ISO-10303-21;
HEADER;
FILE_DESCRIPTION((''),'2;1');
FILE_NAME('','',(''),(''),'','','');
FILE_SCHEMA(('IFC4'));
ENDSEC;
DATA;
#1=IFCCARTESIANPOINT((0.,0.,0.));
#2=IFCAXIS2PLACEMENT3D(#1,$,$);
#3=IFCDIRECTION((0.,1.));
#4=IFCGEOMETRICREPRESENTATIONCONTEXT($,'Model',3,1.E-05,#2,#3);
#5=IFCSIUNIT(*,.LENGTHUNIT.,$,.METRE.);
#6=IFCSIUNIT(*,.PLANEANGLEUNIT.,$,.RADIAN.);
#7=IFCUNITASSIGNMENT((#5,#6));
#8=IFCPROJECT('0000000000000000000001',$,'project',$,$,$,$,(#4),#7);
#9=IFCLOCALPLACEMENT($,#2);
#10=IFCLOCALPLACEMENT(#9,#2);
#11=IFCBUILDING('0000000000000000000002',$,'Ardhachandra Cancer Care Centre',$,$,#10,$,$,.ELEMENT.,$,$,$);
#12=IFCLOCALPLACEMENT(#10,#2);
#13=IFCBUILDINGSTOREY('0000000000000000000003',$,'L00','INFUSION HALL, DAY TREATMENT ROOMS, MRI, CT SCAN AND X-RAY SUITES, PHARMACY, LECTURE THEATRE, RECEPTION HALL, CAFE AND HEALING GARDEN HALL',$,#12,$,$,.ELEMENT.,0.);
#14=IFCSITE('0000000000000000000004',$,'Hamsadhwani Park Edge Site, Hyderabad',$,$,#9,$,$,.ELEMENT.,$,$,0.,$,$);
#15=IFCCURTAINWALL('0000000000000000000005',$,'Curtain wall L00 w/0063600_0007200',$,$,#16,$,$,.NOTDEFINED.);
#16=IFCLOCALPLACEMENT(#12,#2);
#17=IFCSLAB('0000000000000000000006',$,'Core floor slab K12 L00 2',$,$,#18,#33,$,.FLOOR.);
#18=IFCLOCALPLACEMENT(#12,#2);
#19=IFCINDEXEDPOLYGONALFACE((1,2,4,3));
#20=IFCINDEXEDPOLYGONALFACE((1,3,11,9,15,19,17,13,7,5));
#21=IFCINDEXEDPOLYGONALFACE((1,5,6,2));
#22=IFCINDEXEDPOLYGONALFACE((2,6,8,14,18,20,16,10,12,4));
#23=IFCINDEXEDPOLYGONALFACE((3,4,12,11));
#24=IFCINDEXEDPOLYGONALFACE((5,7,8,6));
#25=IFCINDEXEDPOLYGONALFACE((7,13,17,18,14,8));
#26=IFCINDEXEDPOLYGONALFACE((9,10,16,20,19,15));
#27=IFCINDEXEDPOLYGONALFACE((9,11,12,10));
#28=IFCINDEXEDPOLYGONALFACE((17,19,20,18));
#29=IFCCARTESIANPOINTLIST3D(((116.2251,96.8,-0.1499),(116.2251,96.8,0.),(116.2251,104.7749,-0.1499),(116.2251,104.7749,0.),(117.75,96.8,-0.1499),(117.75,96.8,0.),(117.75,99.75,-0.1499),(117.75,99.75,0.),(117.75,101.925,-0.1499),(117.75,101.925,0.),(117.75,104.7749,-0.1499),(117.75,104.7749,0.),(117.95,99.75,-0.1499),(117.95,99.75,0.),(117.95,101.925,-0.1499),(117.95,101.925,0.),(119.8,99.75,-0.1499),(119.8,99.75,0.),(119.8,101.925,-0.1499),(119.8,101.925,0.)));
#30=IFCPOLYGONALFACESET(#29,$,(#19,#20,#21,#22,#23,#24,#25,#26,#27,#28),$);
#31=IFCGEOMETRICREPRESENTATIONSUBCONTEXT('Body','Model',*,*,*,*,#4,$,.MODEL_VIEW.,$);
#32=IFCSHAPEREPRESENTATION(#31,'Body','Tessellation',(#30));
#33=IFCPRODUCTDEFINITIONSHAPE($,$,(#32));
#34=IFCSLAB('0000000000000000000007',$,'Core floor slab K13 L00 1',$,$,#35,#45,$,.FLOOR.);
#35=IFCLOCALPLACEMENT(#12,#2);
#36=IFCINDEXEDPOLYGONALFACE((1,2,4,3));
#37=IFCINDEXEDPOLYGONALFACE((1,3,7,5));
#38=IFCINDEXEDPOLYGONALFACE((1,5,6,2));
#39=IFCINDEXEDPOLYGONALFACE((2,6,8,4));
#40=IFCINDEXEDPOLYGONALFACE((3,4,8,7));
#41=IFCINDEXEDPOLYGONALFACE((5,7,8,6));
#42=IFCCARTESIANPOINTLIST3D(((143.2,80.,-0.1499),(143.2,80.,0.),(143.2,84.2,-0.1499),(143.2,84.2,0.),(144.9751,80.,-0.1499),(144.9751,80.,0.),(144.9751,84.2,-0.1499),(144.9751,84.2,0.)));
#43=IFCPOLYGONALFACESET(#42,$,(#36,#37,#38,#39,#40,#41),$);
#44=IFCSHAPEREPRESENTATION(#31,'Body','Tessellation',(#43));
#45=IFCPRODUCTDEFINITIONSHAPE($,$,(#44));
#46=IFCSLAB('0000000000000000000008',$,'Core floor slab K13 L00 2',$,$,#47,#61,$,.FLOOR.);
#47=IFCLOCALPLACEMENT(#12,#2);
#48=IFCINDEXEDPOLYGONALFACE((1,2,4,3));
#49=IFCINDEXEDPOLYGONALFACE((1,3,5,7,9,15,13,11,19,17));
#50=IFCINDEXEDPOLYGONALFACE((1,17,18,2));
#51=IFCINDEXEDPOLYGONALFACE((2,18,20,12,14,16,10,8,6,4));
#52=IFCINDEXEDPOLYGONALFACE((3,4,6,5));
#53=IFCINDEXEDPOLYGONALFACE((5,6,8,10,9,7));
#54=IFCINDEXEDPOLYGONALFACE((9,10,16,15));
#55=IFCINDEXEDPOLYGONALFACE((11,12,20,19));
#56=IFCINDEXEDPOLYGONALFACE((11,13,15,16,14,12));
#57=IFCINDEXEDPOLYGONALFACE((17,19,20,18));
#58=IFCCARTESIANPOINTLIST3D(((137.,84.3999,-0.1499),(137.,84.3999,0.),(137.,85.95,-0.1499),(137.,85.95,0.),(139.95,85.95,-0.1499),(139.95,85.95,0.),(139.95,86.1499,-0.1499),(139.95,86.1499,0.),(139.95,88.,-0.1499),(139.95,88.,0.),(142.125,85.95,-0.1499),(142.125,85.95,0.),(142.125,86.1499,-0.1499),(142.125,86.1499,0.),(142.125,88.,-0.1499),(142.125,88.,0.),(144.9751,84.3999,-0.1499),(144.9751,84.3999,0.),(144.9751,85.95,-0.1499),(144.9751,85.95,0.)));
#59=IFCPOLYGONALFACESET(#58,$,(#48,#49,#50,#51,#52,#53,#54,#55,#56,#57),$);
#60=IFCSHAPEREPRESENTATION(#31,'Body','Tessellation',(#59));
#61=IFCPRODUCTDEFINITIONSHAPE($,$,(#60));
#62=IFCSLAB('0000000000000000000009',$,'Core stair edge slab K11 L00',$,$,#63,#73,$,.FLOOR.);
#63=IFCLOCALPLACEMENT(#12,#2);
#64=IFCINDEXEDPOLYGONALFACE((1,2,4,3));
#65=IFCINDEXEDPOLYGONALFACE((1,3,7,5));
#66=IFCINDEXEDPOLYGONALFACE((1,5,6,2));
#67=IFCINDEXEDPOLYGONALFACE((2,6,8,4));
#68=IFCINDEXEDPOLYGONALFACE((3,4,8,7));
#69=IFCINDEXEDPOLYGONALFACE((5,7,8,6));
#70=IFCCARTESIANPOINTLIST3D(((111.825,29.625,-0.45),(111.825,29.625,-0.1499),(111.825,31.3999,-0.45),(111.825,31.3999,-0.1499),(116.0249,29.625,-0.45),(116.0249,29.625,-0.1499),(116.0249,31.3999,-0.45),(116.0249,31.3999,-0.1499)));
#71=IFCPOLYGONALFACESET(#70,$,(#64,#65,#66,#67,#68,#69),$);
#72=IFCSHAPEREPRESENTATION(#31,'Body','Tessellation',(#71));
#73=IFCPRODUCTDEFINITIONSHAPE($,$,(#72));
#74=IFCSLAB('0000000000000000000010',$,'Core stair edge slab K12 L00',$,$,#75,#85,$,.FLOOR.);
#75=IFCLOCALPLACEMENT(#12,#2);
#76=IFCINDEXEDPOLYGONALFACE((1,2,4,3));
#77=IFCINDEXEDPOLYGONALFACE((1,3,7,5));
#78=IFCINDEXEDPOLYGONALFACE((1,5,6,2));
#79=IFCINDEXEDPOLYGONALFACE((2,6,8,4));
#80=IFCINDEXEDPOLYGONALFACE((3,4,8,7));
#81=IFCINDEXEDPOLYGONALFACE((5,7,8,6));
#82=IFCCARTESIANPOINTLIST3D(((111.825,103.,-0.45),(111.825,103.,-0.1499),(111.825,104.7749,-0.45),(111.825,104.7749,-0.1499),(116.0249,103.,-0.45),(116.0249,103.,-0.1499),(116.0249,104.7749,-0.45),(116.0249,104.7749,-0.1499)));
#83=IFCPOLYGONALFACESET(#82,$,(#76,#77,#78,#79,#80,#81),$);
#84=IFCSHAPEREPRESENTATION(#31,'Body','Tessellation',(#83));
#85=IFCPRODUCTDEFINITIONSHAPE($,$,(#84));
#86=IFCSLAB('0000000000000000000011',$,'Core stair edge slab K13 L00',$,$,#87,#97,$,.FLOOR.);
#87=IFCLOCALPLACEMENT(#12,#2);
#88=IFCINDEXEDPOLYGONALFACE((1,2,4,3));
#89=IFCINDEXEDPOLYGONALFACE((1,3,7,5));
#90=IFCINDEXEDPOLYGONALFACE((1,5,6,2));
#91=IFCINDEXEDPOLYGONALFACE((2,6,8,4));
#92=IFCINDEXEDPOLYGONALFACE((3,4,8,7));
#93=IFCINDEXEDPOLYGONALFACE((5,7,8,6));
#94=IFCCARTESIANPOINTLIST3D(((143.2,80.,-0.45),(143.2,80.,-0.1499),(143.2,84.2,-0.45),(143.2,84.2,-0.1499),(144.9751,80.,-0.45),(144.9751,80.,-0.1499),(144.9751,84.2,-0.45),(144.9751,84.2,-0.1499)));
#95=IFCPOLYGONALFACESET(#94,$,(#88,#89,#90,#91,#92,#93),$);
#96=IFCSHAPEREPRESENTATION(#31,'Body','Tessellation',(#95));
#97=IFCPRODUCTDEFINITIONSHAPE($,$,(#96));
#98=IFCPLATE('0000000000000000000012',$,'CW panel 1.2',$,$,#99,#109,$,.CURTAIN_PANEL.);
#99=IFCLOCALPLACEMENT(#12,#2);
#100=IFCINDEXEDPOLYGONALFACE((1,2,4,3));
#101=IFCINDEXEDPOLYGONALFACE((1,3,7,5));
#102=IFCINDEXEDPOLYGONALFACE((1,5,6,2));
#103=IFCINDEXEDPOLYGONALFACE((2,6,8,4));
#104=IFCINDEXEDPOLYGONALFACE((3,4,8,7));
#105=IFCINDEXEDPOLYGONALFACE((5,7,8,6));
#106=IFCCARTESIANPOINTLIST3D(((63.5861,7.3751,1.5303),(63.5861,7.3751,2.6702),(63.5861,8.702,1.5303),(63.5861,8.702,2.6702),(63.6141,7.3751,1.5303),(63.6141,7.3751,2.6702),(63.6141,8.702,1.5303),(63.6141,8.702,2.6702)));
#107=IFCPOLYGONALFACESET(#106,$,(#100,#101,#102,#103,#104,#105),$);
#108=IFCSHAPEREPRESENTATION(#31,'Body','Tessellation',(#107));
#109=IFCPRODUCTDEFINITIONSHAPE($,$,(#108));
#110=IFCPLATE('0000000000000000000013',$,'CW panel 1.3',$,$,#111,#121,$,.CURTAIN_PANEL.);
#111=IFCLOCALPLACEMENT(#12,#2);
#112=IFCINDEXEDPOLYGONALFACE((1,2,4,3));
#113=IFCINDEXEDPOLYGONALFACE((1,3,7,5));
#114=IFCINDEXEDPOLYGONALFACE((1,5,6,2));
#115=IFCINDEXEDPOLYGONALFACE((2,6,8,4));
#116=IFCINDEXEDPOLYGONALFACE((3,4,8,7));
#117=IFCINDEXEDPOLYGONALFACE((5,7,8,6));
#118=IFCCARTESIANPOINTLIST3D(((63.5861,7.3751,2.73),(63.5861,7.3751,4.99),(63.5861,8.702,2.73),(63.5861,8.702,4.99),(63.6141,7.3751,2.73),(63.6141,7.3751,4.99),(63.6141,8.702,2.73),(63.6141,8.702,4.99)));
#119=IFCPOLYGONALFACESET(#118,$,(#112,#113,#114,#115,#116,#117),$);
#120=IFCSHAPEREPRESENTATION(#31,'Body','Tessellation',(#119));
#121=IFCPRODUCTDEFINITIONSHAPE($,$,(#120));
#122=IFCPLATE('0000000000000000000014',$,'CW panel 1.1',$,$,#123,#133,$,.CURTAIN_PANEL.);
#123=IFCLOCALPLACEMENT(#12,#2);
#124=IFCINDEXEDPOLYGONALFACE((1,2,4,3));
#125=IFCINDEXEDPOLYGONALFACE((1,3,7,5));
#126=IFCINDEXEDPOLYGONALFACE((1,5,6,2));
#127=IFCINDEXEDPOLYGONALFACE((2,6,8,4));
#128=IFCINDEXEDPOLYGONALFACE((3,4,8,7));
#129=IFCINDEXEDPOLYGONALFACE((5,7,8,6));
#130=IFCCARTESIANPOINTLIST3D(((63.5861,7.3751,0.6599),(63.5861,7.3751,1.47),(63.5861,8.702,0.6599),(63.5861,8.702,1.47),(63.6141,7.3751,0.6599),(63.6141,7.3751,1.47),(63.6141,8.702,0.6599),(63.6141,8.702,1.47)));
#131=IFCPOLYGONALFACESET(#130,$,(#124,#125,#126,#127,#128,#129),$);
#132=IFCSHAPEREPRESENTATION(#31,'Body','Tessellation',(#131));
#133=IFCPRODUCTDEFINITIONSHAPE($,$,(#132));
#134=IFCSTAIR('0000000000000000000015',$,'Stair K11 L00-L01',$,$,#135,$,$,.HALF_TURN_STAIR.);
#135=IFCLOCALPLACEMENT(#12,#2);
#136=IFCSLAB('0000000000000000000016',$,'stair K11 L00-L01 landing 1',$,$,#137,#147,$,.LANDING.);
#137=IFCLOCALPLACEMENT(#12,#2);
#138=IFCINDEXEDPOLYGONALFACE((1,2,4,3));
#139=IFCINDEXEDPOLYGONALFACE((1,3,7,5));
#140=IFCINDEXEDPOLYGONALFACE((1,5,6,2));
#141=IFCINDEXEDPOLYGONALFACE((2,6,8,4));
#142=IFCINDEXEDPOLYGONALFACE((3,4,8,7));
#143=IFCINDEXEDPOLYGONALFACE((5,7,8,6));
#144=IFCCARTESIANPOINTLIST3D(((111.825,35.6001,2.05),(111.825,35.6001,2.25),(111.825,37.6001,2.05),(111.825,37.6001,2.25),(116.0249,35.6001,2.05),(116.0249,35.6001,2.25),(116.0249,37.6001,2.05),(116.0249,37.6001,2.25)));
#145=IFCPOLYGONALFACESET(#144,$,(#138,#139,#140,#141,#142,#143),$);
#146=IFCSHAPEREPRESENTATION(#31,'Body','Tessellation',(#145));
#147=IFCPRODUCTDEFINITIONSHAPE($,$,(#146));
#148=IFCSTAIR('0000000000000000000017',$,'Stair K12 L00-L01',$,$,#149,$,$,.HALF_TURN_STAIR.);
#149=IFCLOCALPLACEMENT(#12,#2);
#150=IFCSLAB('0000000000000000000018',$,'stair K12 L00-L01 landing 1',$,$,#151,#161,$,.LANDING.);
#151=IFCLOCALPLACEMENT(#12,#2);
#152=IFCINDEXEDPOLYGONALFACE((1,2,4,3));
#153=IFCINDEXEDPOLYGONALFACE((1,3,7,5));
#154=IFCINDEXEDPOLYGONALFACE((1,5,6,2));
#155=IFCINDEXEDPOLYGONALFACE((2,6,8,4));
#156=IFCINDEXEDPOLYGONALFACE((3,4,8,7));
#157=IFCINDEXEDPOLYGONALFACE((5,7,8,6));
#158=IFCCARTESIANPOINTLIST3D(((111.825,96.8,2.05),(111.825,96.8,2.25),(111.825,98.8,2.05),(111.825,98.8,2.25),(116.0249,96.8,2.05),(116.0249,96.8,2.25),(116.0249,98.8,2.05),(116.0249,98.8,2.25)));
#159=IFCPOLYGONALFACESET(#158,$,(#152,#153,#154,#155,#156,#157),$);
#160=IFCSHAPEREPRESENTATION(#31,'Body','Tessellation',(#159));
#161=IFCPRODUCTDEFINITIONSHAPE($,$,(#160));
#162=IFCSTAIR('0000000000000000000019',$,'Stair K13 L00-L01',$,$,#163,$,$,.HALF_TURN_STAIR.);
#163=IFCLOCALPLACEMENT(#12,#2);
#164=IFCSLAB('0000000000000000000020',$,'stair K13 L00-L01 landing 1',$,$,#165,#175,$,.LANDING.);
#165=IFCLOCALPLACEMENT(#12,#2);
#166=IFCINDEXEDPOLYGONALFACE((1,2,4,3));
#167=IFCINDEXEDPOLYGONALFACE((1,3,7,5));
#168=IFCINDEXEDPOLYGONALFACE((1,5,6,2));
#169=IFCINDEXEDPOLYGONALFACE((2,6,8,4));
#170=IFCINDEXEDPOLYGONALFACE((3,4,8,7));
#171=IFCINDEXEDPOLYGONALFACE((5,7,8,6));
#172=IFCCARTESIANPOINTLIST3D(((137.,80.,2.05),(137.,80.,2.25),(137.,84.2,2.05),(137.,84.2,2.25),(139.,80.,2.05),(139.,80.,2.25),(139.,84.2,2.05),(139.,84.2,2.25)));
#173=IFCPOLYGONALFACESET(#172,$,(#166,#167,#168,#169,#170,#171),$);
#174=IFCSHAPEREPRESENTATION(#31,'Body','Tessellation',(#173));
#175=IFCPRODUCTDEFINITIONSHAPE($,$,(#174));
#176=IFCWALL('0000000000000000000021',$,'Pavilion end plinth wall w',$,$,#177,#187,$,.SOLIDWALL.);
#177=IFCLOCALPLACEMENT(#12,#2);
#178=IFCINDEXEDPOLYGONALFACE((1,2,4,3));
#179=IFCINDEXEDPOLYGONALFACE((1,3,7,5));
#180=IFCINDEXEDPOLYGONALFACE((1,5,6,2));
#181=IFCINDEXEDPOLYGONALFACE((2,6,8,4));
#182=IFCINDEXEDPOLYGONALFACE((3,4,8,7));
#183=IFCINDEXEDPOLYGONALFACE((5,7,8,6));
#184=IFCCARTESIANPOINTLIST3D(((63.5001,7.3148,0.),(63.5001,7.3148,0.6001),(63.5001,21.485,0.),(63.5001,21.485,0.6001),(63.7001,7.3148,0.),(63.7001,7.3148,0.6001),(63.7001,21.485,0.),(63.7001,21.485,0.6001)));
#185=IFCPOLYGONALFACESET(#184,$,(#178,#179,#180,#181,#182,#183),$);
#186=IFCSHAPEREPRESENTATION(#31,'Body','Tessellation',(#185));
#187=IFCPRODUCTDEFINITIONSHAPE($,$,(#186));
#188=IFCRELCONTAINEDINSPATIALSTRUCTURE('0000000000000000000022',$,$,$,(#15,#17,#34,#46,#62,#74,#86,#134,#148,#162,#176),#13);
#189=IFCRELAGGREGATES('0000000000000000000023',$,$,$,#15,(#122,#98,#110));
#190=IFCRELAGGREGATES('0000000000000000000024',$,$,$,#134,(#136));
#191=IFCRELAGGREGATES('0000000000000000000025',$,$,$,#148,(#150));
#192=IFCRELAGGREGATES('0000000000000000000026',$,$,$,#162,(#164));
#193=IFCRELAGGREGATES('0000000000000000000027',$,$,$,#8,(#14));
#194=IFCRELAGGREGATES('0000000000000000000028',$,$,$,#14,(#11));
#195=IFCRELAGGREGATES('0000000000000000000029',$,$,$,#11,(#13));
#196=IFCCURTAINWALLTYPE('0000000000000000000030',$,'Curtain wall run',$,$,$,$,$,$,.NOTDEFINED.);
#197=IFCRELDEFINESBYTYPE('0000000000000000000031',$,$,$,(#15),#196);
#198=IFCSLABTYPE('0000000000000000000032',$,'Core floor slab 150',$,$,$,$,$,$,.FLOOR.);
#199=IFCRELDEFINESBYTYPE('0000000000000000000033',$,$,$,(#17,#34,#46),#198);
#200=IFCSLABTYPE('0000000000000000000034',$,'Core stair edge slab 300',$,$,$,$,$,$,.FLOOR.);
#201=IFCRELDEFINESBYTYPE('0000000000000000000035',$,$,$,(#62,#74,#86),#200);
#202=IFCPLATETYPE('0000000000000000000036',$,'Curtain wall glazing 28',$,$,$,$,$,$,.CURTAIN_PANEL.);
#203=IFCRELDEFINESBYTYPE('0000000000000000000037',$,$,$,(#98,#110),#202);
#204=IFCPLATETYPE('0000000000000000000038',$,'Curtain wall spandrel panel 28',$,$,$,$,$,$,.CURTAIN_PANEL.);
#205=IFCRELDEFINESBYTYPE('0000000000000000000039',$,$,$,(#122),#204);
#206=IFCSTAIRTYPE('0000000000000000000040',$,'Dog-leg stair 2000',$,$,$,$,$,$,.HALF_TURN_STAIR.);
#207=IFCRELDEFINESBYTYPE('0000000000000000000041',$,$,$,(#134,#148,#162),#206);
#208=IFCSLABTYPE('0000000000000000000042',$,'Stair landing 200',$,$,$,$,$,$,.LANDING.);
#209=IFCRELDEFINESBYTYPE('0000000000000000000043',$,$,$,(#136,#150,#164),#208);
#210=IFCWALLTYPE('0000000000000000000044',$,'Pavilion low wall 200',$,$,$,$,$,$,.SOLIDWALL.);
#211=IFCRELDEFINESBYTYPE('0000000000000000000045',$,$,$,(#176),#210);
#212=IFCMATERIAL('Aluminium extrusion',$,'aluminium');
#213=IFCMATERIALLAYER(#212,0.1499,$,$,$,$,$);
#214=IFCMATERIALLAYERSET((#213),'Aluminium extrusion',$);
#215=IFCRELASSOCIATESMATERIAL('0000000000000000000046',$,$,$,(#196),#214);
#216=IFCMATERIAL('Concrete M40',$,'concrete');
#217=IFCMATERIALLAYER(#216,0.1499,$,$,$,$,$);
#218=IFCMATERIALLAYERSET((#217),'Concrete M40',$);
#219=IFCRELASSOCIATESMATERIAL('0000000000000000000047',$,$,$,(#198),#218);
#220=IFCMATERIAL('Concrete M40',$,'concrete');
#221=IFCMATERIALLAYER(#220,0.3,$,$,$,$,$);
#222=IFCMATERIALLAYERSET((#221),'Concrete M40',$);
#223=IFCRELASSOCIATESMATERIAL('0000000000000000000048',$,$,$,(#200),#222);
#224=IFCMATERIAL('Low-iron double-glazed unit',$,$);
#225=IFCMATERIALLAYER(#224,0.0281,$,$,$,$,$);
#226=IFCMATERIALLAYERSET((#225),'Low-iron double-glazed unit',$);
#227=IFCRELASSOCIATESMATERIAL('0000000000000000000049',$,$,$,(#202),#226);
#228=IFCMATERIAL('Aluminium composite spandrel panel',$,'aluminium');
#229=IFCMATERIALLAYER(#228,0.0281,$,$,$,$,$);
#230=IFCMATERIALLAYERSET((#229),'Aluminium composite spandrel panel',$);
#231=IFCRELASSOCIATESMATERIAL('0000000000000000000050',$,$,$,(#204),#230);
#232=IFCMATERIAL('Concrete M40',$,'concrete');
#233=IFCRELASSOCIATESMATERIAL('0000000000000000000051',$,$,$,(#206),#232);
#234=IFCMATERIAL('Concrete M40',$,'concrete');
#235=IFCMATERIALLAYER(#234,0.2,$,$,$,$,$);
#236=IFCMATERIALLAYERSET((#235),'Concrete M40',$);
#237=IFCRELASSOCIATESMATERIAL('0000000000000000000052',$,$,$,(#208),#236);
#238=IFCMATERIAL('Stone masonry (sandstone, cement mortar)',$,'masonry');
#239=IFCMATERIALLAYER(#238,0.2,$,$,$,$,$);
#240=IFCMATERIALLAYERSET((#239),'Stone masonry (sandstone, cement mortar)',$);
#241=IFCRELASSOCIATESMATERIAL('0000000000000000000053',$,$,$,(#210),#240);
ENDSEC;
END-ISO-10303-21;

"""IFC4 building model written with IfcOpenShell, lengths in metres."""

from ifc_helpers import new_model, si_unit, direction, frame, frame_2d, origin, origin_2d, place, context, subcontext, project, spatial, polyline, rectangle, outline, extrude, material, layer, layer_set, type_object, element, aggregate, save


model = new_model("IFC4")

# Units and contexts
model_context = context("Model", 3, precision=1e-05, world=origin(), true_north=direction((0.0, 1.0)))
body_context = subcontext(model_context, "Body", "Model", "MODEL_VIEW")
ifc_project = project(units=[si_unit("LENGTHUNIT", "METRE"), si_unit("PLANEANGLEUNIT", "RADIAN")], contexts=[model_context])

# Site, building, storey
site_placement = place(None, origin())
site = spatial("IfcSite", under=ifc_project, at=site_placement, Name="Hamsadhwani Park Edge Site, Hyderabad", CompositionType="ELEMENT", RefElevation=0.0)
building_placement = place(site_placement, origin())
building = spatial("IfcBuilding", under=site, at=building_placement, Name="Ardhachandra Cancer Care Centre", CompositionType="ELEMENT")
storey_placement = place(building_placement, origin())
storey = spatial("IfcBuildingStorey", under=building, at=storey_placement, Name="L00", Description="INFUSION HALL, DAY TREATMENT ROOMS, MRI, CT SCAN AND X-RAY SUITES, PHARMACY, LECTURE THEATRE, RECEPTION HALL, CAFE AND HEALING GARDEN HALL", CompositionType="ELEMENT", Elevation=0.0)

# Curtain wall
ifc_material_1 = material(Name="Aluminium extrusion", Category="aluminium")
ifc_layer_1 = layer(ifc_material_1, 0.1499)
ifc_layer_set_1 = layer_set([ifc_layer_1], Name="Aluminium extrusion")
curtain_wall_type = type_object("IfcCurtainWallType", Name="Curtain wall run", PredefinedType="NOTDEFINED", material=ifc_layer_set_1)
curtain_wall_placement = place(storey_placement, origin())
curtain_wall = element("IfcCurtainWall", 1, at=curtain_wall_placement, inside=storey, type_object=curtain_wall_type, Name="Curtain wall L00 w/0063600_0007200", PredefinedType="NOTDEFINED")

# Slabs
ifc_material_2 = material(Name="Concrete M40", Category="concrete")
ifc_layer_2 = layer(ifc_material_2, 0.1499)
ifc_layer_set_2 = layer_set([ifc_layer_2], Name="Concrete M40")
slab_type_1 = type_object("IfcSlabType", Name="Core floor slab 150", PredefinedType="FLOOR", material=ifc_layer_set_2)
slab_1_placement = place(storey_placement, frame((0.0, 0.0, -0.1499)))
element("IfcSlab", 2, at=slab_1_placement, inside=storey, type_object=slab_type_1, Name="Core floor slab K12 L00 2", PredefinedType="FLOOR", context=body_context, shape_type="SweptSolid", body=[
    extrude(outline(polyline([(117.75, 101.925), (117.95, 101.925), (119.8, 101.925), (119.8, 99.75), (117.95, 99.75), (117.75, 99.75), (117.75, 96.8), (116.2251, 96.8), (116.2251, 104.7749), (117.75, 104.7749), (117.75, 101.925)])), origin(), (0.0, 0.0, 1.0), 0.1499),
])
slab_2_placement = place(storey_placement, frame((0.0, 0.0, -0.1499)))
element("IfcSlab", 3, at=slab_2_placement, inside=storey, type_object=slab_type_1, Name="Core floor slab K13 L00 1", PredefinedType="FLOOR", context=body_context, shape_type="SweptSolid", body=[
    extrude(outline(polyline([(143.2, 80.0), (143.2, 84.2), (144.9751, 84.2), (144.9751, 80.0), (143.2, 80.0)])), origin(), (0.0, 0.0, 1.0), 0.1499),
])
slab_3_placement = place(storey_placement, frame((0.0, 0.0, -0.1499)))
element("IfcSlab", 4, at=slab_3_placement, inside=storey, type_object=slab_type_1, Name="Core floor slab K13 L00 2", PredefinedType="FLOOR", context=body_context, shape_type="SweptSolid", body=[
    extrude(outline(polyline([(137.0, 85.95), (139.95, 85.95), (139.95, 86.1499), (139.95, 88.0), (142.125, 88.0), (142.125, 86.1499), (142.125, 85.95), (144.9751, 85.95), (144.9751, 84.3999), (137.0, 84.3999), (137.0, 85.95)])), origin(), (0.0, 0.0, 1.0), 0.1499),
])
ifc_material_3 = material(Name="Concrete M40", Category="concrete")
ifc_layer_3 = layer(ifc_material_3, 0.3)
ifc_layer_set_3 = layer_set([ifc_layer_3], Name="Concrete M40")
slab_type_2 = type_object("IfcSlabType", Name="Core stair edge slab 300", PredefinedType="FLOOR", material=ifc_layer_set_3)
slab_4_placement = place(storey_placement, frame((0.0, 0.0, -0.45)))
element("IfcSlab", 5, at=slab_4_placement, inside=storey, type_object=slab_type_2, Name="Core stair edge slab K11 L00", PredefinedType="FLOOR", context=body_context, shape_type="SweptSolid", body=[
    extrude(outline(polyline([(116.0249, 31.3999), (116.0249, 29.625), (111.825, 29.625), (111.825, 31.3999), (116.0249, 31.3999)])), origin(), (0.0, 0.0, 1.0), 0.3),
])
slab_5_placement = place(storey_placement, frame((0.0, 0.0, -0.45)))
element("IfcSlab", 6, at=slab_5_placement, inside=storey, type_object=slab_type_2, Name="Core stair edge slab K12 L00", PredefinedType="FLOOR", context=body_context, shape_type="SweptSolid", body=[
    extrude(outline(polyline([(111.825, 104.7749), (116.0249, 104.7749), (116.0249, 103.0), (111.825, 103.0), (111.825, 104.7749)])), origin(), (0.0, 0.0, 1.0), 0.3),
])
slab_6_placement = place(storey_placement, frame((0.0, 0.0, -0.45)))
element("IfcSlab", 7, at=slab_6_placement, inside=storey, type_object=slab_type_2, Name="Core stair edge slab K13 L00", PredefinedType="FLOOR", context=body_context, shape_type="SweptSolid", body=[
    extrude(outline(polyline([(143.2, 84.2), (144.9751, 84.2), (144.9751, 80.0), (143.2, 80.0), (143.2, 84.2)])), origin(), (0.0, 0.0, 1.0), 0.3),
])

# Plates
ifc_material_4 = material(Name="Low-iron double-glazed unit")
ifc_layer_4 = layer(ifc_material_4, 0.0281)
ifc_layer_set_4 = layer_set([ifc_layer_4], Name="Low-iron double-glazed unit")
plate_type_1 = type_object("IfcPlateType", Name="Curtain wall glazing 28", PredefinedType="CURTAIN_PANEL", material=ifc_layer_set_4)
plate_1_placement = place(storey_placement, frame((63.6001, 8.0386, 1.5303), z_axis=(0.0, 0.0, 1.0), x_axis=(0.0, 1.0, 0.0)))
plate_1 = element("IfcPlate", 8, at=plate_1_placement, type_object=plate_type_1, Name="CW panel 1.2", PredefinedType="CURTAIN_PANEL", context=body_context, shape_type="SweptSolid", body=[
    extrude(rectangle(XDim=1.3269, YDim=0.0281, at=origin_2d()), origin(), (0.0, 0.0, 1.0), 1.1399),
])
plate_2_placement = place(storey_placement, frame((63.6001, 8.0386, 2.73), z_axis=(0.0, 0.0, 1.0), x_axis=(0.0, 1.0, 0.0)))
plate_2 = element("IfcPlate", 9, at=plate_2_placement, type_object=plate_type_1, Name="CW panel 1.3", PredefinedType="CURTAIN_PANEL", context=body_context, shape_type="SweptSolid", body=[
    extrude(rectangle(XDim=1.3269, YDim=0.0281, at=origin_2d()), origin(), (0.0, 0.0, 1.0), 2.26),
])
ifc_material_5 = material(Name="Aluminium composite spandrel panel", Category="aluminium")
ifc_layer_5 = layer(ifc_material_5, 0.0281)
ifc_layer_set_5 = layer_set([ifc_layer_5], Name="Aluminium composite spandrel panel")
plate_type_2 = type_object("IfcPlateType", Name="Curtain wall spandrel panel 28", PredefinedType="CURTAIN_PANEL", material=ifc_layer_set_5)
plate_3_placement = place(storey_placement, frame((63.6001, 8.0386, 0.6599), z_axis=(0.0, 0.0, 1.0), x_axis=(0.0, 1.0, 0.0)))
plate_3 = element("IfcPlate", 10, at=plate_3_placement, type_object=plate_type_2, Name="CW panel 1.1", PredefinedType="CURTAIN_PANEL", context=body_context, shape_type="SweptSolid", body=[
    extrude(rectangle(XDim=1.3269, YDim=0.0281, at=origin_2d()), origin(), (0.0, 0.0, 1.0), 0.8101),
])
aggregate(curtain_wall, [plate_3, plate_1, plate_2])

# Stairs, slabs
ifc_material_6 = material(Name="Concrete M40", Category="concrete")
stair_type = type_object("IfcStairType", Name="Dog-leg stair 2000", PredefinedType="HALF_TURN_STAIR", material=ifc_material_6)
stair_1_placement = place(storey_placement, origin())
stair_1 = element("IfcStair", 11, at=stair_1_placement, inside=storey, type_object=stair_type, Name="Stair K11 L00-L01", PredefinedType="HALF_TURN_STAIR")
ifc_material_7 = material(Name="Concrete M40", Category="concrete")
ifc_layer_6 = layer(ifc_material_7, 0.2)
ifc_layer_set_6 = layer_set([ifc_layer_6], Name="Concrete M40")
slab_type_3 = type_object("IfcSlabType", Name="Stair landing 200", PredefinedType="LANDING", material=ifc_layer_set_6)
slab_7_placement = place(storey_placement, frame((0.0, 0.0, 2.05)))
slab_7 = element("IfcSlab", 12, at=slab_7_placement, type_object=slab_type_3, Name="stair K11 L00-L01 landing 1", PredefinedType="LANDING", context=body_context, shape_type="SweptSolid", body=[
    extrude(outline(polyline([(111.825, 35.6001), (116.0249, 35.6001), (116.0249, 37.6001), (111.825, 37.6001), (111.825, 35.6001)])), origin(), (0.0, 0.0, 1.0), 0.2),
])
aggregate(stair_1, [slab_7])
stair_2_placement = place(storey_placement, origin())
stair_2 = element("IfcStair", 13, at=stair_2_placement, inside=storey, type_object=stair_type, Name="Stair K12 L00-L01", PredefinedType="HALF_TURN_STAIR")
slab_8_placement = place(storey_placement, frame((0.0, 0.0, 2.05)))
slab_8 = element("IfcSlab", 14, at=slab_8_placement, type_object=slab_type_3, Name="stair K12 L00-L01 landing 1", PredefinedType="LANDING", context=body_context, shape_type="SweptSolid", body=[
    extrude(outline(polyline([(111.825, 96.8), (116.0249, 96.8), (116.0249, 98.8), (111.825, 98.8), (111.825, 96.8)])), origin(), (0.0, 0.0, 1.0), 0.2),
])
aggregate(stair_2, [slab_8])
stair_3_placement = place(storey_placement, origin())
stair_3 = element("IfcStair", 15, at=stair_3_placement, inside=storey, type_object=stair_type, Name="Stair K13 L00-L01", PredefinedType="HALF_TURN_STAIR")
slab_9_placement = place(storey_placement, frame((0.0, 0.0, 2.05)))
slab_9 = element("IfcSlab", 16, at=slab_9_placement, type_object=slab_type_3, Name="stair K13 L00-L01 landing 1", PredefinedType="LANDING", context=body_context, shape_type="SweptSolid", body=[
    extrude(outline(polyline([(137.0, 80.0), (139.0, 80.0), (139.0, 84.2), (137.0, 84.2), (137.0, 80.0)])), origin(), (0.0, 0.0, 1.0), 0.2),
])
aggregate(stair_3, [slab_9])

# Wall
ifc_material_8 = material(Name="Stone masonry (sandstone, cement mortar)", Category="masonry")
ifc_layer_7 = layer(ifc_material_8, 0.2)
ifc_layer_set_7 = layer_set([ifc_layer_7], Name="Stone masonry (sandstone, cement mortar)")
wall_type = type_object("IfcWallType", Name="Pavilion low wall 200", PredefinedType="SOLIDWALL", material=ifc_layer_set_7)
wall_placement = place(storey_placement, frame((63.6001, 7.3149, 0.0), z_axis=(0.0, 0.0, 1.0), x_axis=(0.0, 1.0, 0.0)))
element("IfcWall", 17, at=wall_placement, inside=storey, type_object=wall_type, Name="Pavilion end plinth wall w", PredefinedType="SOLIDWALL", context=body_context, shape_type="SweptSolid", body=[
    extrude(rectangle(XDim=14.1702, YDim=0.2, at=frame_2d((7.085, 0.0))), origin(), (0.0, 0.0, 1.0), 0.6001),
])

save(model, "model.ifc")
